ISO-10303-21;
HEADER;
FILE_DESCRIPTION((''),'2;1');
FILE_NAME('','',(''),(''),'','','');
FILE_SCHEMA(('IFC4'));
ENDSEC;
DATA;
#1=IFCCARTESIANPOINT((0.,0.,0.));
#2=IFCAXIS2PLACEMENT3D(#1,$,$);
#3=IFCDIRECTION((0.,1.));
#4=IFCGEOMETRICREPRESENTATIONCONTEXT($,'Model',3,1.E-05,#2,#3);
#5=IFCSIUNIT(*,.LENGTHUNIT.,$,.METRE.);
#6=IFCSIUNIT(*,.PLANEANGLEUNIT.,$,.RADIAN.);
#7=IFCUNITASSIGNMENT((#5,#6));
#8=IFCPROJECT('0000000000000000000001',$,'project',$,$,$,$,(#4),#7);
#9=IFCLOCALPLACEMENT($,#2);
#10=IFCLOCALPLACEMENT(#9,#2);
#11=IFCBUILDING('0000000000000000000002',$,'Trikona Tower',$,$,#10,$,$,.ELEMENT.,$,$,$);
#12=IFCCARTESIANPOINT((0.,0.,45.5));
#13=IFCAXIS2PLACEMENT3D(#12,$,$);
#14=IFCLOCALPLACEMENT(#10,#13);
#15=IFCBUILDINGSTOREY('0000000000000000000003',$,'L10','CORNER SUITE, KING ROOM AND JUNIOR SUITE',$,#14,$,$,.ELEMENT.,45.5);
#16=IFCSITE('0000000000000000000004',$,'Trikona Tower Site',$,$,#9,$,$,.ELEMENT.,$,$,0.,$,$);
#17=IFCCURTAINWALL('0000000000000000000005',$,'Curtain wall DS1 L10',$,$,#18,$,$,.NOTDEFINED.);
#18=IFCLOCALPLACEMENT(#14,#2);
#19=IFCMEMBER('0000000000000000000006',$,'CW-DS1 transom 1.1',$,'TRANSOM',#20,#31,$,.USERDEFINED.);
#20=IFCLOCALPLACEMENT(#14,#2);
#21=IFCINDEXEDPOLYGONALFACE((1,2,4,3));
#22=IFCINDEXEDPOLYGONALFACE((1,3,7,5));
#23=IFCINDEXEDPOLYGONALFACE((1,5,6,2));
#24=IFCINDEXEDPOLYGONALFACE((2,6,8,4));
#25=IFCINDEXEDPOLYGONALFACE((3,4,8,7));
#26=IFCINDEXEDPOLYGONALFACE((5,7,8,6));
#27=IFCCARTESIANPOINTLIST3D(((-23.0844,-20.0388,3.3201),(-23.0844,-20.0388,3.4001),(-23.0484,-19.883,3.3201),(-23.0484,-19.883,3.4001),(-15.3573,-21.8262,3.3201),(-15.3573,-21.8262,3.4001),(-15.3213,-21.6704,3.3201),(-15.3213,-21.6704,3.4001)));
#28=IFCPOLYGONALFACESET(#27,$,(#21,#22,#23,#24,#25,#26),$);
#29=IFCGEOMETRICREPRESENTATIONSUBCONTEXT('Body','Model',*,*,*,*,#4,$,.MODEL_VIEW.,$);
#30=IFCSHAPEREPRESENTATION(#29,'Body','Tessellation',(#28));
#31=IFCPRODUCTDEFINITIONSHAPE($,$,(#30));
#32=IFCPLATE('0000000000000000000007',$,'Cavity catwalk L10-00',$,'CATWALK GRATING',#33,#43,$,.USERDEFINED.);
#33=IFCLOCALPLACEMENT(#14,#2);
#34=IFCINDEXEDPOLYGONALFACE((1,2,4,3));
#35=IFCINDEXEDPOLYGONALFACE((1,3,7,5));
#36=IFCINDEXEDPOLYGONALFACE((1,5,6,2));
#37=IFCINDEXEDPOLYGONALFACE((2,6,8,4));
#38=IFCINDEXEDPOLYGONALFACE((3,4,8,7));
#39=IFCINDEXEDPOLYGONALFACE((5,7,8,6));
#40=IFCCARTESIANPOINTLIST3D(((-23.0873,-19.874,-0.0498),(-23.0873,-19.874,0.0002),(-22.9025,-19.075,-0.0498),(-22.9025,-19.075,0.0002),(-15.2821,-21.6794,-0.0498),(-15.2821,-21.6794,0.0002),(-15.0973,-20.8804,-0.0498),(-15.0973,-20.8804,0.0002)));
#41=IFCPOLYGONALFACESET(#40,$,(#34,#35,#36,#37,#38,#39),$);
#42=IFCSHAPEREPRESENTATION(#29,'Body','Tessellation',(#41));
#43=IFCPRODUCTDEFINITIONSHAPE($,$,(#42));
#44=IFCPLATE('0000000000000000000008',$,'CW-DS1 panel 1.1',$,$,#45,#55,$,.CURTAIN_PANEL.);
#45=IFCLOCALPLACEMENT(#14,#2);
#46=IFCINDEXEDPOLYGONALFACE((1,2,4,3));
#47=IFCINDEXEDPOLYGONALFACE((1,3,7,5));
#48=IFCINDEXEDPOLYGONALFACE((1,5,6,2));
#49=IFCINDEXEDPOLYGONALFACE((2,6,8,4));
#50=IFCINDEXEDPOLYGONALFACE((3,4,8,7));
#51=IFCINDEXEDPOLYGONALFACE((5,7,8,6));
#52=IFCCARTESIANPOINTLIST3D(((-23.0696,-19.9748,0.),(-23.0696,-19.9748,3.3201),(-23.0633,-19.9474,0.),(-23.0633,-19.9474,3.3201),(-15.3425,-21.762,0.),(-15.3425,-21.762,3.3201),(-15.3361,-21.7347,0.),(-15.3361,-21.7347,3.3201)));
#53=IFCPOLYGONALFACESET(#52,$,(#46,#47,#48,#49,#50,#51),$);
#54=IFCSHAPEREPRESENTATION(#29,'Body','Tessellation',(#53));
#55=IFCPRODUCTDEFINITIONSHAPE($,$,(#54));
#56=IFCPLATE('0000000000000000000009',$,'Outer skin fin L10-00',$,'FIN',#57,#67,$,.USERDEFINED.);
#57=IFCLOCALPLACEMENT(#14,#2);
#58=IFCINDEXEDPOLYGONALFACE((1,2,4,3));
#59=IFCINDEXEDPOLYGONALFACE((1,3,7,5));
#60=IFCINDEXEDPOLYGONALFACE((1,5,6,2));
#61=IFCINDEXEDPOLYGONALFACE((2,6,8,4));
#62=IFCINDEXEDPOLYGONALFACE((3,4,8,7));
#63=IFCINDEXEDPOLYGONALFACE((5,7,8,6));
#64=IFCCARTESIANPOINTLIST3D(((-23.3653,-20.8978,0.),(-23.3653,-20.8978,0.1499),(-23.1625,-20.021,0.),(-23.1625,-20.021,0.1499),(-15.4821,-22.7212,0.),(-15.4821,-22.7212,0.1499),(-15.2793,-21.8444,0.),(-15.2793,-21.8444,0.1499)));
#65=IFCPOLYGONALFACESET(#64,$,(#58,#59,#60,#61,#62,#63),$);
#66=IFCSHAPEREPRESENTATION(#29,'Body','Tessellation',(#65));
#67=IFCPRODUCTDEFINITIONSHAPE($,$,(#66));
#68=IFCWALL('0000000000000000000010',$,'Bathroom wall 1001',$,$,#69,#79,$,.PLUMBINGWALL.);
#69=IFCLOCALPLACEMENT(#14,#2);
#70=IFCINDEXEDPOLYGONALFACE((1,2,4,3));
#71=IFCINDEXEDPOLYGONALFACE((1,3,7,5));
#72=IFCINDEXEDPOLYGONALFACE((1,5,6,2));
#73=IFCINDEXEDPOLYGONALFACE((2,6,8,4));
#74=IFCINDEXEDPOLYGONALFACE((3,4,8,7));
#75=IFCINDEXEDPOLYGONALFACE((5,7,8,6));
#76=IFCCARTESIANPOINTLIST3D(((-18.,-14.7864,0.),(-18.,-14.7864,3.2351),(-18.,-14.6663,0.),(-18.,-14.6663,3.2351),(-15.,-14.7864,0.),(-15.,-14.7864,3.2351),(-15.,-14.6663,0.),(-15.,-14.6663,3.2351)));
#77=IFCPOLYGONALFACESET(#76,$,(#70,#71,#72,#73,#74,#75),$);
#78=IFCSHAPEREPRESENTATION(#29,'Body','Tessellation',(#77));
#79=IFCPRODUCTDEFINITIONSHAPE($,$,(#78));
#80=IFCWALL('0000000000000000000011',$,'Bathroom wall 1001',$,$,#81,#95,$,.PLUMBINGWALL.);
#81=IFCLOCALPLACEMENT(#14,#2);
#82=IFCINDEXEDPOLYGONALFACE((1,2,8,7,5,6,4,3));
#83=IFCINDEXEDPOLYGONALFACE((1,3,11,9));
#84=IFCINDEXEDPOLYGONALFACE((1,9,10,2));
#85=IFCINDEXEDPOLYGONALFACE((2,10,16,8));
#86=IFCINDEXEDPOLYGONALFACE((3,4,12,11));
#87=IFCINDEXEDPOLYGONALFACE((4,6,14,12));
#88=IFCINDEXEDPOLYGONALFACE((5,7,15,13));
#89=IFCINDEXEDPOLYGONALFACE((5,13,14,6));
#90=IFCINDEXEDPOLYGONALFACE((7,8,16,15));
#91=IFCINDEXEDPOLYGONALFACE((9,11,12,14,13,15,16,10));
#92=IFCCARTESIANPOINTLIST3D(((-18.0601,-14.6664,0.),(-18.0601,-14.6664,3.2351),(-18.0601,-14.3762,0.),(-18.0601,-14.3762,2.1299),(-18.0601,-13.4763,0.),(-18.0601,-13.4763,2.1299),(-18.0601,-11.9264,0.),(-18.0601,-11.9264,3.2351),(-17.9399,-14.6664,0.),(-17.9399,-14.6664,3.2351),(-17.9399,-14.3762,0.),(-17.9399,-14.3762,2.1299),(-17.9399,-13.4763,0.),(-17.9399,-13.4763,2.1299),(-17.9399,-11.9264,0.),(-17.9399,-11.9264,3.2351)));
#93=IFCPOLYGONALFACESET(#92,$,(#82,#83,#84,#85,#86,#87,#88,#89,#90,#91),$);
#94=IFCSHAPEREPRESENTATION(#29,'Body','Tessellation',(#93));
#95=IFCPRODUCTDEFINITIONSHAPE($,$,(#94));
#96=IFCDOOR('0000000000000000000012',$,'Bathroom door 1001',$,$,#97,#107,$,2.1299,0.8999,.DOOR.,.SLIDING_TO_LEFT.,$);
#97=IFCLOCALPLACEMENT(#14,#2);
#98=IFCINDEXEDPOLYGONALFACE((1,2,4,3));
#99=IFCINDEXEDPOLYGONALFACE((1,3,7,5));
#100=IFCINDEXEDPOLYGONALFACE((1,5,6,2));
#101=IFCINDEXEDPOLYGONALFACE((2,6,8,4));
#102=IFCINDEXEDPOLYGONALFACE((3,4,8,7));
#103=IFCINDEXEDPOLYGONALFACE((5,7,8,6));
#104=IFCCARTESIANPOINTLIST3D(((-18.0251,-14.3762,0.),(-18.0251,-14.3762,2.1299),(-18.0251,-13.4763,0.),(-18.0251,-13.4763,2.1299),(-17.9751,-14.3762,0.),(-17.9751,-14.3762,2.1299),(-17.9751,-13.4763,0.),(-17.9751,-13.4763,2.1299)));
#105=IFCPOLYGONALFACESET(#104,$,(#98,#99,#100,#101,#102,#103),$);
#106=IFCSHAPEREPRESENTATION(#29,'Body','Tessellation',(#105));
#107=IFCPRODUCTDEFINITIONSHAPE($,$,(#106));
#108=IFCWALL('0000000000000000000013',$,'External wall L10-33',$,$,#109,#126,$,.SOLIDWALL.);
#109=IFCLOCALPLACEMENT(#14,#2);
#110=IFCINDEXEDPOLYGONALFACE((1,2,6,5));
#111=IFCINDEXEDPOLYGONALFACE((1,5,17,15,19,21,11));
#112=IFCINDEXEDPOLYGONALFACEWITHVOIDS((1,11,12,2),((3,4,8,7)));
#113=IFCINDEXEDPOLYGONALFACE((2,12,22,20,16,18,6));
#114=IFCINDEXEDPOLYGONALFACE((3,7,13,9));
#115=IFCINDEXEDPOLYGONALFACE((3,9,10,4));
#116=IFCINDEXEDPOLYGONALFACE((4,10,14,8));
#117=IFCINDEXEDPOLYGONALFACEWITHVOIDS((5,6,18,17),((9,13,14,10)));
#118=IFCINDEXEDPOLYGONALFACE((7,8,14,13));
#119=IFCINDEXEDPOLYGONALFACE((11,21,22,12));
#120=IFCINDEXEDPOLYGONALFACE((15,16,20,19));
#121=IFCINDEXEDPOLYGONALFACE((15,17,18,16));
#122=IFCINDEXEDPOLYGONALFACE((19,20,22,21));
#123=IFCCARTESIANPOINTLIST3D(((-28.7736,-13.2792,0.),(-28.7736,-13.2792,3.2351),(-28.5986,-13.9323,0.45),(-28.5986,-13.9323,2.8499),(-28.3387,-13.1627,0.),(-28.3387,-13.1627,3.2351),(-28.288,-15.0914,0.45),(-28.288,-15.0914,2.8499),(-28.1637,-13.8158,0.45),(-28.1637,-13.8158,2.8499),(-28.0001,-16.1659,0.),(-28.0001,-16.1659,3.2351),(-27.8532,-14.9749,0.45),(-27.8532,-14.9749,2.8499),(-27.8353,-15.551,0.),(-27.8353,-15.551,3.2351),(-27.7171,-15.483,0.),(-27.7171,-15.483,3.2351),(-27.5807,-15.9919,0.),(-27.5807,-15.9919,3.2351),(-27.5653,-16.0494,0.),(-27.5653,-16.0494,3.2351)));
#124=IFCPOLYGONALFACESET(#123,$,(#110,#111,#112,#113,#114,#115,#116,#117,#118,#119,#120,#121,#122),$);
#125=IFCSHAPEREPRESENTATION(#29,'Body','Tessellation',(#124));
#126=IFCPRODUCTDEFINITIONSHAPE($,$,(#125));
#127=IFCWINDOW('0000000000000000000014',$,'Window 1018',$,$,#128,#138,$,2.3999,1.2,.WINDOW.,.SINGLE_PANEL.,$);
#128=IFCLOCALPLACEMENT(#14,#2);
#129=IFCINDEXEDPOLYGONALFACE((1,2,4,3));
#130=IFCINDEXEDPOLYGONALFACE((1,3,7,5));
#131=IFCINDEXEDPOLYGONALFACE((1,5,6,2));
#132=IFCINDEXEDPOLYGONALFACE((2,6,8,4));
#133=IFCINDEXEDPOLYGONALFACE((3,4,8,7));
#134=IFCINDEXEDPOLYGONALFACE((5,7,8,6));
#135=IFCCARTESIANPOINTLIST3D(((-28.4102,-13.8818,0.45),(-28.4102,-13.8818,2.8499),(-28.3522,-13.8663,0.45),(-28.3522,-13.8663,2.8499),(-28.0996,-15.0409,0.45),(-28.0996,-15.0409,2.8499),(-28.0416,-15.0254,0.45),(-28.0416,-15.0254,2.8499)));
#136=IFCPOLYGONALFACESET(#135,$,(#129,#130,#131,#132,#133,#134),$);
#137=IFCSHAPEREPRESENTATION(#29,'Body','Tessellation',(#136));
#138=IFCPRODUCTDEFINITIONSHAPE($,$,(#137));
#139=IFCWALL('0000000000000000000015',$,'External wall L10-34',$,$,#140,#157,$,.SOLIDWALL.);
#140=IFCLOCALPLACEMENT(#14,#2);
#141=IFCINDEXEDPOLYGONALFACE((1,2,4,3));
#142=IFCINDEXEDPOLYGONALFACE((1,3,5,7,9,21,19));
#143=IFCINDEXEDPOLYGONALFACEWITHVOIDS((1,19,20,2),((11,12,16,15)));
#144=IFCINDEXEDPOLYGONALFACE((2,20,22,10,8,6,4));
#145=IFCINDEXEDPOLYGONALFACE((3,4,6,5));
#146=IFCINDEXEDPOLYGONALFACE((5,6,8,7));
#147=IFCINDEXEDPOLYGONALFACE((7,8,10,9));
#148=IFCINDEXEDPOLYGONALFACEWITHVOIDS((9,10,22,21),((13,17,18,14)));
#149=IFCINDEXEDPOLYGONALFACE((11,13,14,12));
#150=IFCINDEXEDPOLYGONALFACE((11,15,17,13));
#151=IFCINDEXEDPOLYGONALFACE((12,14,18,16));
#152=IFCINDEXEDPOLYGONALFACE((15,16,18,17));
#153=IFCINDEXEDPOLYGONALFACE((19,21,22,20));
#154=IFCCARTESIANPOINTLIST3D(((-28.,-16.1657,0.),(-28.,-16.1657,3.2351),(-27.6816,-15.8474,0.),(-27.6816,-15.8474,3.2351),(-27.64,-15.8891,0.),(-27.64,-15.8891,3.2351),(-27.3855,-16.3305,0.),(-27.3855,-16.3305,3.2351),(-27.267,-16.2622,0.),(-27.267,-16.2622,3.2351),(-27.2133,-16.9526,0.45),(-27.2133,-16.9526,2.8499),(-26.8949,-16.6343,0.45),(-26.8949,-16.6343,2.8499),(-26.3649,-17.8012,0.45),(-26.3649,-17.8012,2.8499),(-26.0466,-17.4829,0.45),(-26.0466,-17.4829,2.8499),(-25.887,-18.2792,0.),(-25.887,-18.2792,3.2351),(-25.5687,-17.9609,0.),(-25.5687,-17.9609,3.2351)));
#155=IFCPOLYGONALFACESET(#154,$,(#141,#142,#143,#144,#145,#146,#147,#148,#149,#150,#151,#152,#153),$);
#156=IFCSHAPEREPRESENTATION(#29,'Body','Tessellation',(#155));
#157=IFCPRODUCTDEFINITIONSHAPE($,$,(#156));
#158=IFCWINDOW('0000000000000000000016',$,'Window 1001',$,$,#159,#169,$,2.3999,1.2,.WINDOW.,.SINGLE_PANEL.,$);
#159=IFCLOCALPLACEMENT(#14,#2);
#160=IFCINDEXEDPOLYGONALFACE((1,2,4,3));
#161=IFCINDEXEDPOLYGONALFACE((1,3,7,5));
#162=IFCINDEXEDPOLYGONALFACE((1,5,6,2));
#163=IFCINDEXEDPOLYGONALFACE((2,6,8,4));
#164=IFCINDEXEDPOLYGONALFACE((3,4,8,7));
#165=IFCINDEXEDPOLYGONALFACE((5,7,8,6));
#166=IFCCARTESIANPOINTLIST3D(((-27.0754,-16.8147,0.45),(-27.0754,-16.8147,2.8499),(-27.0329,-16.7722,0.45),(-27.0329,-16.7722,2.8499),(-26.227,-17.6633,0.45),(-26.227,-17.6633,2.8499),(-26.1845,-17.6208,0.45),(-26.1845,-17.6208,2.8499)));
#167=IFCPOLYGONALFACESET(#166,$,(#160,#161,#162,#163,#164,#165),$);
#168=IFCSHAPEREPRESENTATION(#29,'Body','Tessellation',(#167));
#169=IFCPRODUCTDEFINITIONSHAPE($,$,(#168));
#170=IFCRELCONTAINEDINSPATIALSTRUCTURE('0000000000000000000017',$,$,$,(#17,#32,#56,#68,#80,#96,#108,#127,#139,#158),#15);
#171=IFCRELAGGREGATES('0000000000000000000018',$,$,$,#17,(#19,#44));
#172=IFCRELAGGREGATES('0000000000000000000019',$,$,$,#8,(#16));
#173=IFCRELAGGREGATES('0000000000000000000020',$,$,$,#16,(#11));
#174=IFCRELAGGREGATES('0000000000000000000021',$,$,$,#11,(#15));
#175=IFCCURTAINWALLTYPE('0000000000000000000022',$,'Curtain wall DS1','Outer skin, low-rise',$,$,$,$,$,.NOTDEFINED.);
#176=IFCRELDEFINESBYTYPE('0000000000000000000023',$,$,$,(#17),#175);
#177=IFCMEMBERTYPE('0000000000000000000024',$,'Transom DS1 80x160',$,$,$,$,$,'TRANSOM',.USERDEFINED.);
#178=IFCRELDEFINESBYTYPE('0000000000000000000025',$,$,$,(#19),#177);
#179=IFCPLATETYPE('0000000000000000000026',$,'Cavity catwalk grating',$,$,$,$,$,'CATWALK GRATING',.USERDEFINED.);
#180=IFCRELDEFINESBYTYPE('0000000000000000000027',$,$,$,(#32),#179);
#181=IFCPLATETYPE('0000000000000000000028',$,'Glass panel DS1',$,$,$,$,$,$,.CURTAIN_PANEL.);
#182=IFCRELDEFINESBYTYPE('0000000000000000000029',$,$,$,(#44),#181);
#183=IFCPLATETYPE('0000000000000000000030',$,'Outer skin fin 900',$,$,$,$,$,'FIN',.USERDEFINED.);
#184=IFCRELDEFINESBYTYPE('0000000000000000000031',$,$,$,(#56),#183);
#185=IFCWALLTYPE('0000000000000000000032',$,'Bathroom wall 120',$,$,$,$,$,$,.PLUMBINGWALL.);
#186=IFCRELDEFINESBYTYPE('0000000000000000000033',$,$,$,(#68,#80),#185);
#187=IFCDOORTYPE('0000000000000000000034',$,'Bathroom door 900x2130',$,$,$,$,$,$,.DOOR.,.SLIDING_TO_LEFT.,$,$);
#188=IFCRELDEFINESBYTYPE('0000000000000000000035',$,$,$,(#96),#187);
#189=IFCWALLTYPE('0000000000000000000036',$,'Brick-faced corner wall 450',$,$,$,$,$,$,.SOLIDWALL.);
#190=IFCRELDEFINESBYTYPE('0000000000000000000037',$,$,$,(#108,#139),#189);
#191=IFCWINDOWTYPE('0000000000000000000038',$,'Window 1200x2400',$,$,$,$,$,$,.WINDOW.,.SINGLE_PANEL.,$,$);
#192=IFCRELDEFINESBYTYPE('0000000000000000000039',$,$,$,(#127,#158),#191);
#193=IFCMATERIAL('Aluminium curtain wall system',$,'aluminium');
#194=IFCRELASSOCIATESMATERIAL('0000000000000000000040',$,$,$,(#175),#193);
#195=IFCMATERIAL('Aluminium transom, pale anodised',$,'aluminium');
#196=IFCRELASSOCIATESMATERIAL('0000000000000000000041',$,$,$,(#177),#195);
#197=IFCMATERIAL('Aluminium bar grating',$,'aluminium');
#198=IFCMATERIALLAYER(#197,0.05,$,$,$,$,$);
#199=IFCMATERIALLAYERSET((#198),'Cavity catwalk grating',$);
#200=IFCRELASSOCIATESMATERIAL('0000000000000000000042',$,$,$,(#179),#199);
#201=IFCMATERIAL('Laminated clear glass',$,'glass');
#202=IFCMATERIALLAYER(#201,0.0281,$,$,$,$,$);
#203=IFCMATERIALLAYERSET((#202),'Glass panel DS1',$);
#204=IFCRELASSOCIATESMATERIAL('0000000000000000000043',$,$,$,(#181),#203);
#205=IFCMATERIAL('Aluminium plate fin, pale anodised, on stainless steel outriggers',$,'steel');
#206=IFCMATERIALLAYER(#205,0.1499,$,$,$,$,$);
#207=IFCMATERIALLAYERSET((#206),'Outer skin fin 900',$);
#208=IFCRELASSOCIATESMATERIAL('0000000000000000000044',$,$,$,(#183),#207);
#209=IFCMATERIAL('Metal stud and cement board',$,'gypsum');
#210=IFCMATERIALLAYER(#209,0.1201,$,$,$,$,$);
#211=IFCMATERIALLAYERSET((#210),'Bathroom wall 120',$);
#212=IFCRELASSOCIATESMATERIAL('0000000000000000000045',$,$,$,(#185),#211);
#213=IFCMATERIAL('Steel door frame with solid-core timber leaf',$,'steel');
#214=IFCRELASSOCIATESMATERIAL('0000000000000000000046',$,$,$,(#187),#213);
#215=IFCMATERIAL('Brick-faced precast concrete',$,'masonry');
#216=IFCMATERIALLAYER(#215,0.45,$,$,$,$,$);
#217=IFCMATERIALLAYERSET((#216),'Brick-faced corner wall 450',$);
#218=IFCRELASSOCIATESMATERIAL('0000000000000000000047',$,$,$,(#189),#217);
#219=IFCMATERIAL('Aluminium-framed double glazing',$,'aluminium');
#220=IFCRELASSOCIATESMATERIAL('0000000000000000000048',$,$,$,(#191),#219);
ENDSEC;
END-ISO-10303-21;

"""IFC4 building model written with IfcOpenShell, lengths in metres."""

from ifc_helpers import new_model, si_unit, direction, frame, frame_2d, origin, origin_2d, place, context, subcontext, project, spatial, polyline, rectangle, outline, extrude, material, layer, layer_set, material_profile, profile_set, type_object, element, fill, aggregate, save


model = new_model("IFC4")

# Units and contexts
model_context = context("Model", 3, precision=1e-05, world=origin(), true_north=direction((0.0, 1.0)))
body_context = subcontext(model_context, "Body", "Model", "MODEL_VIEW")
ifc_project = project(units=[si_unit("LENGTHUNIT", "METRE"), si_unit("PLANEANGLEUNIT", "RADIAN")], contexts=[model_context])

# Site, building, storey
site_placement = place(None, origin())
site = spatial("IfcSite", under=ifc_project, at=site_placement, Name="Trikona Tower Site", CompositionType="ELEMENT", RefElevation=0.0)
building_placement = place(site_placement, origin())
building = spatial("IfcBuilding", under=site, at=building_placement, Name="Trikona Tower", CompositionType="ELEMENT")
storey_placement = place(building_placement, frame((0.0, 0.0, 45.5)))
storey = spatial("IfcBuildingStorey", under=building, at=storey_placement, Name="L10", Description="CORNER SUITE, KING ROOM AND JUNIOR SUITE", CompositionType="ELEMENT", Elevation=45.5)

# Curtain wall
ifc_material_1 = material(Name="Aluminium curtain wall system", Category="aluminium")
curtain_wall_type = type_object("IfcCurtainWallType", Name="Curtain wall DS1", Description="Outer skin, low-rise", PredefinedType="NOTDEFINED", material=ifc_material_1)
curtain_wall_1_placement = place(storey_placement, origin())
curtain_wall_1 = element("IfcCurtainWall", 1, at=curtain_wall_1_placement, inside=storey, type_object=curtain_wall_type, Name="Curtain wall DS1 L10", PredefinedType="NOTDEFINED")

# Member
ifc_material_2 = material(Name="Aluminium transom, pale anodised", Category="aluminium")
ifc_material_profile_1 = material_profile(ifc_material_2, rectangle(XDim=0.1599, YDim=0.0801, at=origin_2d()), Name="TRN-DS1")
ifc_profile_set_1 = profile_set([ifc_material_profile_1], Name="Aluminium transom, pale anodised")
member_type_1 = type_object("IfcMemberType", Name="Transom DS1 80x160", ElementType="TRANSOM", PredefinedType="USERDEFINED", material=ifc_profile_set_1)
member_1_placement = place(storey_placement, frame((-23.0664, -19.9609, 3.3601), z_axis=(0.974275, -0.225361, 0.0), x_axis=(0.225361, 0.974275, 0.0)))
member_1 = element("IfcMember", 2, at=member_1_placement, type_object=member_type_1, Name="CW-DS1 transom 1.1", ObjectType="TRANSOM", PredefinedType="USERDEFINED", context=body_context, shape_type="SweptSolid", body=[
    extrude(rectangle(XDim=0.1599, YDim=0.0801, at=origin_2d()), origin(), (0.0, 0.0, 1.0), 7.9312),
])

# Plates
ifc_material_3 = material(Name="Aluminium bar grating", Category="aluminium")
ifc_layer_1 = layer(ifc_material_3, 0.05)
ifc_layer_set_1 = layer_set([ifc_layer_1], Name="Cavity catwalk grating")
plate_type_1 = type_object("IfcPlateType", Name="Cavity catwalk grating", ElementType="CATWALK GRATING", PredefinedType="USERDEFINED", material=ifc_layer_set_1)
plate_1_placement = place(storey_placement, frame((-19.0923, -20.3772, -0.0498), z_axis=(0.0, 0.0, 1.0), x_axis=(0.974278, -0.225351, 0.0)))
element("IfcPlate", 3, at=plate_1_placement, inside=storey, type_object=plate_type_1, Name="Cavity catwalk L10-00", ObjectType="CATWALK GRATING", PredefinedType="USERDEFINED", context=body_context, shape_type="SweptSolid", body=[
    extrude(rectangle(XDim=8.0112, YDim=0.8201, at=origin_2d()), origin(), (0.0, 0.0, 1.0), 0.05),
])
ifc_material_4 = material(Name="Laminated clear glass", Category="glass")
ifc_layer_2 = layer(ifc_material_4, 0.0281)
ifc_layer_set_2 = layer_set([ifc_layer_2], Name="Glass panel DS1")
plate_type_2 = type_object("IfcPlateType", Name="Glass panel DS1", PredefinedType="CURTAIN_PANEL", material=ifc_layer_set_2)
plate_2_placement = place(storey_placement, frame((-19.2029, -20.8547, 0.0), z_axis=(0.0, 0.0, 1.0), x_axis=(0.974279, -0.225343, 0.0)))
plate_2 = element("IfcPlate", 4, at=plate_2_placement, type_object=plate_type_2, Name="CW-DS1 panel 1.1", PredefinedType="CURTAIN_PANEL", context=body_context, shape_type="SweptSolid", body=[
    extrude(rectangle(XDim=7.9312, YDim=0.0281, at=origin_2d()), origin(), (0.0, 0.0, 1.0), 3.3201),
])
aggregate(curtain_wall_1, [member_1, plate_2])
ifc_material_5 = material(Name="Aluminium plate fin, pale anodised, on stainless steel outriggers", Category="steel")
ifc_layer_3 = layer(ifc_material_5, 0.1499)
ifc_layer_set_3 = layer_set([ifc_layer_3], Name="Outer skin fin 900")
plate_type_3 = type_object("IfcPlateType", Name="Outer skin fin 900", ElementType="FIN", PredefinedType="USERDEFINED", material=ifc_layer_set_3)
plate_3_placement = place(storey_placement, frame((-19.3223, -21.3711, 0.0), z_axis=(0.0, 0.0, 1.0), x_axis=(0.974278, -0.225351, 0.0)))
element("IfcPlate", 5, at=plate_3_placement, inside=storey, type_object=plate_type_3, Name="Outer skin fin L10-00", ObjectType="FIN", PredefinedType="USERDEFINED", context=body_context, shape_type="SweptSolid", body=[
    extrude(rectangle(XDim=8.0913, YDim=0.8999, at=origin_2d()), origin(), (0.0, 0.0, 1.0), 0.1499),
])

# Wall
ifc_material_6 = material(Name="Metal stud and cement board", Category="gypsum")
ifc_layer_4 = layer(ifc_material_6, 0.1201)
ifc_layer_set_4 = layer_set([ifc_layer_4], Name="Bathroom wall 120")
wall_type_1 = type_object("IfcWallType", Name="Bathroom wall 120", PredefinedType="PLUMBINGWALL", material=ifc_layer_set_4)
wall_1_placement = place(storey_placement, frame((-18.0, -14.7263, 0.0), z_axis=(0.0, 0.0, 1.0), x_axis=(1.0, 0.0, 0.0)))
element("IfcWall", 6, at=wall_1_placement, inside=storey, type_object=wall_type_1, Name="Bathroom wall 1001", PredefinedType="PLUMBINGWALL", context=body_context, shape_type="SweptSolid", body=[
    extrude(rectangle(XDim=3.0, YDim=0.1201, at=frame_2d((1.5, 0.0))), origin(), (0.0, 0.0, 1.0), 3.2351),
])

# Wall, opening, door
wall_2_placement = place(storey_placement, frame((-18.0, -11.9263, 0.0), z_axis=(0.0, 0.0, 1.0), x_axis=(0.0, -1.0, 0.0)))
wall_2 = element("IfcWall", 7, at=wall_2_placement, inside=storey, type_object=wall_type_1, Name="Bathroom wall 1001", PredefinedType="PLUMBINGWALL", context=body_context, shape_type="SweptSolid", body=[
    extrude(rectangle(XDim=2.74, YDim=0.1201, at=frame_2d((1.3701, 0.0))), origin(), (0.0, 0.0, 1.0), 3.2351),
])
opening_1_placement = place(wall_2_placement, frame((1.55, 0.0, 0.0)))
opening_1 = element("IfcOpeningElement", 8, at=opening_1_placement, cuts=wall_2, PredefinedType="OPENING", context=body_context, shape_type="SweptSolid", body=[
    extrude(rectangle(XDim=0.8999, YDim=2.1299, at=frame_2d((0.45, 1.0649))), frame((0.0, 0.0701, 0.0), z_axis=(0.0, -1.0, 0.0), x_axis=(1.0, 0.0, 0.0)), (0.0, 0.0, 1.0), 0.1401),
])
ifc_material_7 = material(Name="Steel door frame with solid-core timber leaf", Category="steel")
door_type = type_object("IfcDoorType", Name="Bathroom door 900x2130", OperationType="SLIDING_TO_LEFT", PredefinedType="DOOR", material=ifc_material_7)
door_placement = place(opening_1_placement, origin())
door = element("IfcDoor", 9, at=door_placement, inside=storey, type_object=door_type, Name="Bathroom door 1001", OperationType="SLIDING_TO_LEFT", OverallHeight=2.1299, OverallWidth=0.8999, PredefinedType="DOOR", context=body_context, shape_type="SweptSolid", body=[
    extrude(rectangle(XDim=0.8999, YDim=2.1299, at=frame_2d((0.45, 1.0649))), frame((0.0, 0.0249, 0.0), z_axis=(0.0, -1.0, 0.0), x_axis=(1.0, 0.0, 0.0)), (0.0, 0.0, 1.0), 0.05),
])
fill(opening_1, door)

# Walls, openings, windows
ifc_material_8 = material(Name="Brick-faced precast concrete", Category="masonry")
ifc_layer_5 = layer(ifc_material_8, 0.45)
ifc_layer_set_5 = layer_set([ifc_layer_5], Name="Brick-faced corner wall 450")
wall_type_2 = type_object("IfcWallType", Name="Brick-faced corner wall 450", PredefinedType="SOLIDWALL", material=ifc_layer_set_5)
wall_3_placement = place(storey_placement, frame((-28.5562, -13.2209, 0.0), z_axis=(0.0, 0.0, 1.0), x_axis=(0.258801, -0.965931, 0.0)))
wall_3 = element("IfcWall", 10, at=wall_3_placement, inside=storey, type_object=wall_type_2, Name="External wall L10-33", PredefinedType="SOLIDWALL", context=body_context, shape_type="SweptSolid", body=[
    extrude(outline(polyline([(2.9885, 0.2251), (2.929, 0.2251), (2.4373, 0.0933), (2.4021, 0.2251), (0.0, 0.2251), (0.0, -0.2251), (2.9885, -0.2251), (2.9885, 0.2251)])), origin(), (0.0, 0.0, 1.0), 3.2351),
])
opening_2_placement = place(wall_3_placement, frame((0.676, 0.0, 0.45)))
opening_2 = element("IfcOpeningElement", 11, at=opening_2_placement, cuts=wall_3, PredefinedType="OPENING", context=body_context, shape_type="SweptSolid", body=[
    extrude(rectangle(XDim=1.2, YDim=2.3999, at=frame_2d((0.6001, 1.2))), frame((0.0, 0.2349, 0.0), z_axis=(0.0, -1.0, 0.0), x_axis=(1.0, 0.0, 0.0)), (0.0, 0.0, 1.0), 0.47),
])
ifc_material_9 = material(Name="Aluminium-framed double glazing", Category="aluminium")
window_type_1 = type_object("IfcWindowType", Name="Window 1200x2400", PartitioningType="SINGLE_PANEL", PredefinedType="WINDOW", material=ifc_material_9)
window_1_placement = place(opening_2_placement, origin())
window_1 = element("IfcWindow", 12, at=window_1_placement, inside=storey, type_object=window_type_1, Name="Window 1018", OverallHeight=2.3999, OverallWidth=1.2, PartitioningType="SINGLE_PANEL", PredefinedType="WINDOW", context=body_context, shape_type="SweptSolid", body=[
    extrude(rectangle(XDim=1.2, YDim=2.3999, at=frame_2d((0.6001, 1.2))), frame((0.0, 0.03, 0.0), z_axis=(0.0, -1.0, 0.0), x_axis=(1.0, 0.0, 0.0)), (0.0, 0.0, 1.0), 0.0601),
])
fill(opening_2, window_1)
wall_4_placement = place(storey_placement, frame((-27.8408, -16.0066, 0.0), z_axis=(0.0, 0.0, 1.0), x_axis=(0.707025, -0.707188, 0.0)))
wall_4 = element("IfcWall", 13, at=wall_4_placement, inside=storey, type_object=wall_type_2, Name="External wall L10-34", PredefinedType="SOLIDWALL", context=body_context, shape_type="SweptSolid", body=[
    extrude(outline(polyline([(2.9885, 0.2251), (0.5864, 0.2251), (0.551, 0.093), (0.0588, 0.2251), (0.0, 0.2251), (0.0, -0.2251), (2.9885, -0.2251), (2.9885, 0.2251)])), origin(), (0.0, 0.0, 1.0), 3.2351),
])
opening_3_placement = place(wall_4_placement, frame((1.1125, 0.0, 0.45)))
opening_3 = element("IfcOpeningElement", 14, at=opening_3_placement, cuts=wall_4, PredefinedType="OPENING", context=body_context, shape_type="SweptSolid", body=[
    extrude(rectangle(XDim=1.2, YDim=2.3999, at=frame_2d((0.6001, 1.2))), frame((0.0, 0.2349, 0.0), z_axis=(0.0, -1.0, 0.0), x_axis=(1.0, 0.0, 0.0)), (0.0, 0.0, 1.0), 0.47),
])
window_2_placement = place(opening_3_placement, origin())
window_2 = element("IfcWindow", 15, at=window_2_placement, inside=storey, type_object=window_type_1, Name="Window 1001", OverallHeight=2.3999, OverallWidth=1.2, PartitioningType="SINGLE_PANEL", PredefinedType="WINDOW", context=body_context, shape_type="SweptSolid", body=[
    extrude(rectangle(XDim=1.2, YDim=2.3999, at=frame_2d((0.6001, 1.2))), frame((0.0, 0.03, 0.0), z_axis=(0.0, -1.0, 0.0), x_axis=(1.0, 0.0, 0.0)), (0.0, 0.0, 1.0), 0.0601),
])
fill(opening_3, window_2)

save(model, "model.ifc")
